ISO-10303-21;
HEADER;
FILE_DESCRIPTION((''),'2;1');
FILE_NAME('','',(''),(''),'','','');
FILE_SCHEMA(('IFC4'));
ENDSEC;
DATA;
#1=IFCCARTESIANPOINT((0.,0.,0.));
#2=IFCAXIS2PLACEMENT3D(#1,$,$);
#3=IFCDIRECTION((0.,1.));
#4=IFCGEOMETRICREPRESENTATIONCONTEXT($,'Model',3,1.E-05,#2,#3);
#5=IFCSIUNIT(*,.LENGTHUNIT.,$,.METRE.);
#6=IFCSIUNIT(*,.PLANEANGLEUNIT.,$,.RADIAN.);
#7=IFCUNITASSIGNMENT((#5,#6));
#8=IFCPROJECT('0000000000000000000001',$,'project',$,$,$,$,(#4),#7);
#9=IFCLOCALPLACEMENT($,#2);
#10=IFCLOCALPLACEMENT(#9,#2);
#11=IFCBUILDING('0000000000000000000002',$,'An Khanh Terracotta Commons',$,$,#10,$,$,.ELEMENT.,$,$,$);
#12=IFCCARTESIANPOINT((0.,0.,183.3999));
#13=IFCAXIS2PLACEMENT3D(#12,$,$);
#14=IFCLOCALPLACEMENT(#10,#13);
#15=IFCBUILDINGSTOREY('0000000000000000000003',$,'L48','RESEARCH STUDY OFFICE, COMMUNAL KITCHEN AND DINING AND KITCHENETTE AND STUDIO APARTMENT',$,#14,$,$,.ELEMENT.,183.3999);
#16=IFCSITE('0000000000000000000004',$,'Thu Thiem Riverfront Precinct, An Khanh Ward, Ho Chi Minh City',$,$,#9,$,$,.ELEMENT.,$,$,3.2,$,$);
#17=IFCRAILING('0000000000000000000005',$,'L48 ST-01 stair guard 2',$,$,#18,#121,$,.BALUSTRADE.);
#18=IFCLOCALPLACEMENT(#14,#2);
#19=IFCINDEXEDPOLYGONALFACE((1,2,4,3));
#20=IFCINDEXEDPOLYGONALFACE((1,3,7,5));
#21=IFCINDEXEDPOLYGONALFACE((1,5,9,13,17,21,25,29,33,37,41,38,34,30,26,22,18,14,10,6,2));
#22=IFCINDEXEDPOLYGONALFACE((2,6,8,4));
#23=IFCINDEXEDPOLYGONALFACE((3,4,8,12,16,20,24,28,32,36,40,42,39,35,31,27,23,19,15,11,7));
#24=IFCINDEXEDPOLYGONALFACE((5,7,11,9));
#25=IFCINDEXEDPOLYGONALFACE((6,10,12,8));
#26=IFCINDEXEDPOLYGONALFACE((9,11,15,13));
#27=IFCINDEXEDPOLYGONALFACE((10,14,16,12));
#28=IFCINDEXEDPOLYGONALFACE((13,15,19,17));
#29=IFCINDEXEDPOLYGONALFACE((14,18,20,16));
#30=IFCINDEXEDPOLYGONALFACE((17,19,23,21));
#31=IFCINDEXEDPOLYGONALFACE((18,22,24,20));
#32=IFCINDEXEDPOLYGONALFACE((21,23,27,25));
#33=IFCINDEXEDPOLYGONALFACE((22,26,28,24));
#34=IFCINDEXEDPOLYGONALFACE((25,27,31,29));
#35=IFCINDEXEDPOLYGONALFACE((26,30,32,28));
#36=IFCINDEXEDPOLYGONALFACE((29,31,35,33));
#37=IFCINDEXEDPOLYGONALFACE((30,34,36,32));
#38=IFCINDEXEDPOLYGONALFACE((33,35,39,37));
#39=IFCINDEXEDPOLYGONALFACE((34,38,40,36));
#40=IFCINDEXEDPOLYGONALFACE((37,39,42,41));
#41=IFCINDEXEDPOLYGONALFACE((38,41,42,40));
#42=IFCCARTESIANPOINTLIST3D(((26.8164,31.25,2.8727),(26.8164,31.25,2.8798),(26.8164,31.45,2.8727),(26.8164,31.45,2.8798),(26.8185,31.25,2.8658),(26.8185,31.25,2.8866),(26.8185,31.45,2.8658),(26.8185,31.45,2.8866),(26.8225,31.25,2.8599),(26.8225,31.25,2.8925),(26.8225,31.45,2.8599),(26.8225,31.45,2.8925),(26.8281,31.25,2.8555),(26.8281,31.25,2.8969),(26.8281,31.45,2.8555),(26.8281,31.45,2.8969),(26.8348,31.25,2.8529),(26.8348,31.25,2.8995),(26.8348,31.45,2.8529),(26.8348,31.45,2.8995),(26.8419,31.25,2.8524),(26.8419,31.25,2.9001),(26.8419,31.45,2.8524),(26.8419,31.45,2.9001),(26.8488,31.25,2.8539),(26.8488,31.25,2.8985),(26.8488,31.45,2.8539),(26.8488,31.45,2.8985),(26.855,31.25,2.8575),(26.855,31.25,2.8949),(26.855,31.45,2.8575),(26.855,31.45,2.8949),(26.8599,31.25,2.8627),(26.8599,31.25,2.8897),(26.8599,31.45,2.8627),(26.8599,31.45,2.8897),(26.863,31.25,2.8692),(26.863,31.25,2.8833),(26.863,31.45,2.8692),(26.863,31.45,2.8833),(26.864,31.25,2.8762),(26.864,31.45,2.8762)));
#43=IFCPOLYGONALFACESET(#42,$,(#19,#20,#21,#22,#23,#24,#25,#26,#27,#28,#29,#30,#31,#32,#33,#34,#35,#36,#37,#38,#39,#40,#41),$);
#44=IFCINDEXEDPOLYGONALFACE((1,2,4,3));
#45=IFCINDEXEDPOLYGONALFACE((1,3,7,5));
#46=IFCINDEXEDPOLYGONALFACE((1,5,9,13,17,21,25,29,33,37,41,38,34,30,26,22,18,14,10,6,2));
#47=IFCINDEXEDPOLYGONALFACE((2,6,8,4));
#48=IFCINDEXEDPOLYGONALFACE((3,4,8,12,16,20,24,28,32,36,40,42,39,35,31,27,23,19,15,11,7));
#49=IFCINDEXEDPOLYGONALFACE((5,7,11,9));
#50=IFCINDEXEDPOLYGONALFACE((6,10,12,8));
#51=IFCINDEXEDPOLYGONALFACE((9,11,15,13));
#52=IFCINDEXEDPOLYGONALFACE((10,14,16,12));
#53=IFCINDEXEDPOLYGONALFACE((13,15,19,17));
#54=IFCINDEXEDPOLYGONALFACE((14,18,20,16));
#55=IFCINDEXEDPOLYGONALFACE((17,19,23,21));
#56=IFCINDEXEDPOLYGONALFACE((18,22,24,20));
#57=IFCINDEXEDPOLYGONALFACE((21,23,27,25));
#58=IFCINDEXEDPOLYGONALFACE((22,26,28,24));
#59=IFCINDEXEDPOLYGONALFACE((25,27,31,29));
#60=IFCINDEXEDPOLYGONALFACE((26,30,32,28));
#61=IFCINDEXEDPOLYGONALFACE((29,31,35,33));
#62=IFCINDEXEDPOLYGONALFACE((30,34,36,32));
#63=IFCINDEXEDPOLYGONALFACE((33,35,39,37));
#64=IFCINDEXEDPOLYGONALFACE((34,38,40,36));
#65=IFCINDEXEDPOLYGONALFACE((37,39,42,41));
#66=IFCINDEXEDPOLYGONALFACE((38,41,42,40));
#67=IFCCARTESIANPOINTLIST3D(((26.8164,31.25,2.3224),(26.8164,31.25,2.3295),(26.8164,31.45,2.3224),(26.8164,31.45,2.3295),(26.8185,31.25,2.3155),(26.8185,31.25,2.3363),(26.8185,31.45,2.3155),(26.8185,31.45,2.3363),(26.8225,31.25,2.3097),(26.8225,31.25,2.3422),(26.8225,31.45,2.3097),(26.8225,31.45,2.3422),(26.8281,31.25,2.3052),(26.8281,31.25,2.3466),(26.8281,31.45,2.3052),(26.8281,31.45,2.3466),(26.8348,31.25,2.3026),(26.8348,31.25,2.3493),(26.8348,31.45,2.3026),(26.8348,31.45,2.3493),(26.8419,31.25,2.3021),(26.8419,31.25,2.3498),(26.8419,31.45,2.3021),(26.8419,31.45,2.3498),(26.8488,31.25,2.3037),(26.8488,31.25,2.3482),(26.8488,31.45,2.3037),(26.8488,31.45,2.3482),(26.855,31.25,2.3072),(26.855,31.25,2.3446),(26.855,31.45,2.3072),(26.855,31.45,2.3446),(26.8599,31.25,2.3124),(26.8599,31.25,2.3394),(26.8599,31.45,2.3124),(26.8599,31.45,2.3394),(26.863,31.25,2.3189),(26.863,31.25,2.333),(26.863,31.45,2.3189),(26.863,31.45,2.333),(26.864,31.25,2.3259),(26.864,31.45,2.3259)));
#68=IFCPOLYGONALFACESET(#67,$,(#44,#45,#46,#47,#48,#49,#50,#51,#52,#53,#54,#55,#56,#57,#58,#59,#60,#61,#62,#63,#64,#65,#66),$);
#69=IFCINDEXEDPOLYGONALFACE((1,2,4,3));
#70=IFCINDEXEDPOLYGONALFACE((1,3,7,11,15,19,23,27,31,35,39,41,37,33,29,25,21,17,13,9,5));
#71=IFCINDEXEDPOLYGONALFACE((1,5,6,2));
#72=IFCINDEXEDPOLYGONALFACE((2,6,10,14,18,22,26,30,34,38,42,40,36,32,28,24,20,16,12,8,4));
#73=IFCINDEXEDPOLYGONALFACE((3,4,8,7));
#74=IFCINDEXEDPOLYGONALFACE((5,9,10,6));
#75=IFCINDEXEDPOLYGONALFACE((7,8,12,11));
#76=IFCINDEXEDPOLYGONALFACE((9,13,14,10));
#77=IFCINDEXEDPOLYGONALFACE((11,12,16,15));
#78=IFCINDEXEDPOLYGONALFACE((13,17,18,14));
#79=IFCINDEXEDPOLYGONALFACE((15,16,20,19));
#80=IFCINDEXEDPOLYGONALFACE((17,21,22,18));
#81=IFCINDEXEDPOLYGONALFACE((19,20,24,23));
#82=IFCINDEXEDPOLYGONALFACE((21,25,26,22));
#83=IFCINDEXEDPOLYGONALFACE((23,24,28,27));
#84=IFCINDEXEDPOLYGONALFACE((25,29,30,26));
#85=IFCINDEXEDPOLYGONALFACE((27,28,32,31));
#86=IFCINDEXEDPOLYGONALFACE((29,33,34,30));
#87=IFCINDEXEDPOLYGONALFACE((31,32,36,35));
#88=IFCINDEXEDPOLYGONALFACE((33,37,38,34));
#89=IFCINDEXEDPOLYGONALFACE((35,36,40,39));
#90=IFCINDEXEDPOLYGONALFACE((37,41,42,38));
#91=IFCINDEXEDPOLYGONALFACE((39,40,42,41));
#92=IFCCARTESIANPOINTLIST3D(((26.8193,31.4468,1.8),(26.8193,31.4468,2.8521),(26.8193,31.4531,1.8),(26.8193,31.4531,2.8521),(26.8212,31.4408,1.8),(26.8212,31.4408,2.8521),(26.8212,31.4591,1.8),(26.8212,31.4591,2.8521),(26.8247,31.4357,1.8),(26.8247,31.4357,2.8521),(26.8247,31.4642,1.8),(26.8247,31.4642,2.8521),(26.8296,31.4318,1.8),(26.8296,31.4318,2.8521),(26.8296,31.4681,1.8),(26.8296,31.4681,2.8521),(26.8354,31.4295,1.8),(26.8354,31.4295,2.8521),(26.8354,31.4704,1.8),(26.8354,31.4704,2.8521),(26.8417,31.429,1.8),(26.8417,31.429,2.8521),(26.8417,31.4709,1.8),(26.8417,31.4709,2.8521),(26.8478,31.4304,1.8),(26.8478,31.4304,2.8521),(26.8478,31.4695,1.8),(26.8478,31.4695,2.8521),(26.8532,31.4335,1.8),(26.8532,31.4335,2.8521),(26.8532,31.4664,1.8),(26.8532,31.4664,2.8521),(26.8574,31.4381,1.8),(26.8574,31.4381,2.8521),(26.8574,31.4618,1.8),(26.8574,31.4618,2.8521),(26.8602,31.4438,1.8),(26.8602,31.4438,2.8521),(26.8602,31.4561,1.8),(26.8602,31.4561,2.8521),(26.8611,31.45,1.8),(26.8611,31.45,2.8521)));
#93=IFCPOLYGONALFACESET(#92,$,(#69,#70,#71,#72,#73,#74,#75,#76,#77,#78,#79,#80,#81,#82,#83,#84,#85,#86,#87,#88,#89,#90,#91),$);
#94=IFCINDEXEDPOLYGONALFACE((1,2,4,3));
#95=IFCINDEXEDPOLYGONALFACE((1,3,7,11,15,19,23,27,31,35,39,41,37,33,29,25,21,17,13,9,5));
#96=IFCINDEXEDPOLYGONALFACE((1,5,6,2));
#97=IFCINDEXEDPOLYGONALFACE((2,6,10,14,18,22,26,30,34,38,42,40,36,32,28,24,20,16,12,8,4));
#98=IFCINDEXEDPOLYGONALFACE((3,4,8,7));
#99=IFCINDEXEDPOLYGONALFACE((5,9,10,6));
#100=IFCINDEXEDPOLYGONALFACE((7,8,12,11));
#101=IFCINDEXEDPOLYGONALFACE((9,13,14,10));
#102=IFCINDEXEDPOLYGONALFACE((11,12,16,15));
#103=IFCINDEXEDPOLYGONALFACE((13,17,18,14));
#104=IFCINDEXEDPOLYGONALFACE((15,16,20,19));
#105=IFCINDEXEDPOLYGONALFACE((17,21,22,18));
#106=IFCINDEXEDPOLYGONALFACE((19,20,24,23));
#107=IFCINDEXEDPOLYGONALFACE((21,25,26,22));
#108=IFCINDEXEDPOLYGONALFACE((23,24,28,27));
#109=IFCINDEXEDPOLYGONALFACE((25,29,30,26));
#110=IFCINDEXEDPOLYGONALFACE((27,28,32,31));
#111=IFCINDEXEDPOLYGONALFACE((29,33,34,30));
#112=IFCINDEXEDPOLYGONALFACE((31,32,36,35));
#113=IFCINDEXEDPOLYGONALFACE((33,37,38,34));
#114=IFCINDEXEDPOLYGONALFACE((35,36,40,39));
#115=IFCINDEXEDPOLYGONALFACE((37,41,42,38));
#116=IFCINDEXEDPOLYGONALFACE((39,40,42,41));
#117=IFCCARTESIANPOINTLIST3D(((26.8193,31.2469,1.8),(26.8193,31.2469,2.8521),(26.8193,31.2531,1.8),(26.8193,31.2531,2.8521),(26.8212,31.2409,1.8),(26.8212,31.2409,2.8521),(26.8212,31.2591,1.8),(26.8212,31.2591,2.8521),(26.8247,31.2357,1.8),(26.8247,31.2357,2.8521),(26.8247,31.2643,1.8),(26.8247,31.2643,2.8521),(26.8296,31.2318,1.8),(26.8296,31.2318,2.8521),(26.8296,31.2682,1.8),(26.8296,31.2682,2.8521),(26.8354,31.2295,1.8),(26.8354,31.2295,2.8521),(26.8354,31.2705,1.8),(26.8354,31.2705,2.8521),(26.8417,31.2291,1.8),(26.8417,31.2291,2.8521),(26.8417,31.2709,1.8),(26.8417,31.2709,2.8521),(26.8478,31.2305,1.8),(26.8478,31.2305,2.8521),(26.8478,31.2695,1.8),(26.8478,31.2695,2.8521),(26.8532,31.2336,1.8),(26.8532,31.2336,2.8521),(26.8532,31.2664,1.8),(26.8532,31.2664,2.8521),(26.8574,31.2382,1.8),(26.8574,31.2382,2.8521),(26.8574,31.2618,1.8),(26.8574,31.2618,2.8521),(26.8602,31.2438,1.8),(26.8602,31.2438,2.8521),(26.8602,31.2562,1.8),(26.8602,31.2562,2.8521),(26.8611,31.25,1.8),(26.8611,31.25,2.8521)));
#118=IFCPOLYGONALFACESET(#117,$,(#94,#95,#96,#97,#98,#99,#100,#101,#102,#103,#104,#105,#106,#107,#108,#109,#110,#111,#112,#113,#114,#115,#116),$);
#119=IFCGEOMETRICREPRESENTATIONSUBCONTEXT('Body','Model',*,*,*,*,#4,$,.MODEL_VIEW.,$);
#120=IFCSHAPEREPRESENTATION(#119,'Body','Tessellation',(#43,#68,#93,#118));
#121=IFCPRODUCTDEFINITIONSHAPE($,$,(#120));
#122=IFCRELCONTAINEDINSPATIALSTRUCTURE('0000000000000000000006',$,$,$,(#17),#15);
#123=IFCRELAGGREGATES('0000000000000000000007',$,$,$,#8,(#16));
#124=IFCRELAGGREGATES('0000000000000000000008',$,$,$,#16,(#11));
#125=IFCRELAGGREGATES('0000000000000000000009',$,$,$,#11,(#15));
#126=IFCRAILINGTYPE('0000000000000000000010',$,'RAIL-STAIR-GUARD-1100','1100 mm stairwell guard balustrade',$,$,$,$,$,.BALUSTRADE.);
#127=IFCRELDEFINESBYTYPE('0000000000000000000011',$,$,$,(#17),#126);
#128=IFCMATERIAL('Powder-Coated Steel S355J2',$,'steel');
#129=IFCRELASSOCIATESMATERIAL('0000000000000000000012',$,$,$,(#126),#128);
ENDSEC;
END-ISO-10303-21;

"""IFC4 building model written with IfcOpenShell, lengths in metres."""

from ifc_helpers import new_model, si_unit, direction, frame, origin, origin_2d, place, context, subcontext, project, spatial, circle, extrude, material, type_object, element, save


model = new_model("IFC4")

# Units and contexts
model_context = context("Model", 3, precision=1e-05, world=origin(), true_north=direction((0.0, 1.0)))
body_context = subcontext(model_context, "Body", "Model", "MODEL_VIEW")
ifc_project = project(units=[si_unit("LENGTHUNIT", "METRE"), si_unit("PLANEANGLEUNIT", "RADIAN")], contexts=[model_context])

# Site, building, storey
site_placement = place(None, origin())
site = spatial("IfcSite", under=ifc_project, at=site_placement, Name="Thu Thiem Riverfront Precinct, An Khanh Ward, Ho Chi Minh City", CompositionType="ELEMENT", RefElevation=3.2)
building_placement = place(site_placement, origin())
building = spatial("IfcBuilding", under=site, at=building_placement, Name="An Khanh Terracotta Commons", CompositionType="ELEMENT")
storey_placement = place(building_placement, frame((0.0, 0.0, 183.3999)))
storey = spatial("IfcBuildingStorey", under=building, at=storey_placement, Name="L48", Description="RESEARCH STUDY OFFICE, COMMUNAL KITCHEN AND DINING AND KITCHENETTE AND STUDIO APARTMENT", CompositionType="ELEMENT", Elevation=183.3999)

# Railing
ifc_material_1 = material(Name="Powder-Coated Steel S355J2", Category="steel")
railing_type_1 = type_object("IfcRailingType", Name="RAIL-STAIR-GUARD-1100", Description="1100 mm stairwell guard balustrade", PredefinedType="BALUSTRADE", material=ifc_material_1)
railing_1_placement = place(storey_placement, frame((26.8401, 31.45, 1.8)))
element("IfcRailing", 1, at=railing_1_placement, inside=storey, type_object=railing_type_1, Name="L48 ST-01 stair guard 2", PredefinedType="BALUSTRADE", context=body_context, shape_type="SweptSolid", body=[
    extrude(circle(Radius=0.0239, at=origin_2d()), frame((0.0, 0.0, 1.0762), z_axis=(0.0, -1.0, 0.0), x_axis=(1.0, 0.0, 0.0)), (0.0, 0.0, 1.0), 0.2),
    extrude(circle(Radius=0.0239, at=origin_2d()), frame((0.0, 0.0, 0.5259), z_axis=(0.0, -1.0, 0.0), x_axis=(1.0, 0.0, 0.0)), (0.0, 0.0, 1.0), 0.2),
    extrude(circle(Radius=0.021, at=origin_2d()), origin(), (0.0, 0.0, 1.0), 1.052),
    extrude(circle(Radius=0.021, at=origin_2d()), frame((0.0, -0.2, 0.0)), (0.0, 0.0, 1.0), 1.052),
])

save(model, "model.ifc")
